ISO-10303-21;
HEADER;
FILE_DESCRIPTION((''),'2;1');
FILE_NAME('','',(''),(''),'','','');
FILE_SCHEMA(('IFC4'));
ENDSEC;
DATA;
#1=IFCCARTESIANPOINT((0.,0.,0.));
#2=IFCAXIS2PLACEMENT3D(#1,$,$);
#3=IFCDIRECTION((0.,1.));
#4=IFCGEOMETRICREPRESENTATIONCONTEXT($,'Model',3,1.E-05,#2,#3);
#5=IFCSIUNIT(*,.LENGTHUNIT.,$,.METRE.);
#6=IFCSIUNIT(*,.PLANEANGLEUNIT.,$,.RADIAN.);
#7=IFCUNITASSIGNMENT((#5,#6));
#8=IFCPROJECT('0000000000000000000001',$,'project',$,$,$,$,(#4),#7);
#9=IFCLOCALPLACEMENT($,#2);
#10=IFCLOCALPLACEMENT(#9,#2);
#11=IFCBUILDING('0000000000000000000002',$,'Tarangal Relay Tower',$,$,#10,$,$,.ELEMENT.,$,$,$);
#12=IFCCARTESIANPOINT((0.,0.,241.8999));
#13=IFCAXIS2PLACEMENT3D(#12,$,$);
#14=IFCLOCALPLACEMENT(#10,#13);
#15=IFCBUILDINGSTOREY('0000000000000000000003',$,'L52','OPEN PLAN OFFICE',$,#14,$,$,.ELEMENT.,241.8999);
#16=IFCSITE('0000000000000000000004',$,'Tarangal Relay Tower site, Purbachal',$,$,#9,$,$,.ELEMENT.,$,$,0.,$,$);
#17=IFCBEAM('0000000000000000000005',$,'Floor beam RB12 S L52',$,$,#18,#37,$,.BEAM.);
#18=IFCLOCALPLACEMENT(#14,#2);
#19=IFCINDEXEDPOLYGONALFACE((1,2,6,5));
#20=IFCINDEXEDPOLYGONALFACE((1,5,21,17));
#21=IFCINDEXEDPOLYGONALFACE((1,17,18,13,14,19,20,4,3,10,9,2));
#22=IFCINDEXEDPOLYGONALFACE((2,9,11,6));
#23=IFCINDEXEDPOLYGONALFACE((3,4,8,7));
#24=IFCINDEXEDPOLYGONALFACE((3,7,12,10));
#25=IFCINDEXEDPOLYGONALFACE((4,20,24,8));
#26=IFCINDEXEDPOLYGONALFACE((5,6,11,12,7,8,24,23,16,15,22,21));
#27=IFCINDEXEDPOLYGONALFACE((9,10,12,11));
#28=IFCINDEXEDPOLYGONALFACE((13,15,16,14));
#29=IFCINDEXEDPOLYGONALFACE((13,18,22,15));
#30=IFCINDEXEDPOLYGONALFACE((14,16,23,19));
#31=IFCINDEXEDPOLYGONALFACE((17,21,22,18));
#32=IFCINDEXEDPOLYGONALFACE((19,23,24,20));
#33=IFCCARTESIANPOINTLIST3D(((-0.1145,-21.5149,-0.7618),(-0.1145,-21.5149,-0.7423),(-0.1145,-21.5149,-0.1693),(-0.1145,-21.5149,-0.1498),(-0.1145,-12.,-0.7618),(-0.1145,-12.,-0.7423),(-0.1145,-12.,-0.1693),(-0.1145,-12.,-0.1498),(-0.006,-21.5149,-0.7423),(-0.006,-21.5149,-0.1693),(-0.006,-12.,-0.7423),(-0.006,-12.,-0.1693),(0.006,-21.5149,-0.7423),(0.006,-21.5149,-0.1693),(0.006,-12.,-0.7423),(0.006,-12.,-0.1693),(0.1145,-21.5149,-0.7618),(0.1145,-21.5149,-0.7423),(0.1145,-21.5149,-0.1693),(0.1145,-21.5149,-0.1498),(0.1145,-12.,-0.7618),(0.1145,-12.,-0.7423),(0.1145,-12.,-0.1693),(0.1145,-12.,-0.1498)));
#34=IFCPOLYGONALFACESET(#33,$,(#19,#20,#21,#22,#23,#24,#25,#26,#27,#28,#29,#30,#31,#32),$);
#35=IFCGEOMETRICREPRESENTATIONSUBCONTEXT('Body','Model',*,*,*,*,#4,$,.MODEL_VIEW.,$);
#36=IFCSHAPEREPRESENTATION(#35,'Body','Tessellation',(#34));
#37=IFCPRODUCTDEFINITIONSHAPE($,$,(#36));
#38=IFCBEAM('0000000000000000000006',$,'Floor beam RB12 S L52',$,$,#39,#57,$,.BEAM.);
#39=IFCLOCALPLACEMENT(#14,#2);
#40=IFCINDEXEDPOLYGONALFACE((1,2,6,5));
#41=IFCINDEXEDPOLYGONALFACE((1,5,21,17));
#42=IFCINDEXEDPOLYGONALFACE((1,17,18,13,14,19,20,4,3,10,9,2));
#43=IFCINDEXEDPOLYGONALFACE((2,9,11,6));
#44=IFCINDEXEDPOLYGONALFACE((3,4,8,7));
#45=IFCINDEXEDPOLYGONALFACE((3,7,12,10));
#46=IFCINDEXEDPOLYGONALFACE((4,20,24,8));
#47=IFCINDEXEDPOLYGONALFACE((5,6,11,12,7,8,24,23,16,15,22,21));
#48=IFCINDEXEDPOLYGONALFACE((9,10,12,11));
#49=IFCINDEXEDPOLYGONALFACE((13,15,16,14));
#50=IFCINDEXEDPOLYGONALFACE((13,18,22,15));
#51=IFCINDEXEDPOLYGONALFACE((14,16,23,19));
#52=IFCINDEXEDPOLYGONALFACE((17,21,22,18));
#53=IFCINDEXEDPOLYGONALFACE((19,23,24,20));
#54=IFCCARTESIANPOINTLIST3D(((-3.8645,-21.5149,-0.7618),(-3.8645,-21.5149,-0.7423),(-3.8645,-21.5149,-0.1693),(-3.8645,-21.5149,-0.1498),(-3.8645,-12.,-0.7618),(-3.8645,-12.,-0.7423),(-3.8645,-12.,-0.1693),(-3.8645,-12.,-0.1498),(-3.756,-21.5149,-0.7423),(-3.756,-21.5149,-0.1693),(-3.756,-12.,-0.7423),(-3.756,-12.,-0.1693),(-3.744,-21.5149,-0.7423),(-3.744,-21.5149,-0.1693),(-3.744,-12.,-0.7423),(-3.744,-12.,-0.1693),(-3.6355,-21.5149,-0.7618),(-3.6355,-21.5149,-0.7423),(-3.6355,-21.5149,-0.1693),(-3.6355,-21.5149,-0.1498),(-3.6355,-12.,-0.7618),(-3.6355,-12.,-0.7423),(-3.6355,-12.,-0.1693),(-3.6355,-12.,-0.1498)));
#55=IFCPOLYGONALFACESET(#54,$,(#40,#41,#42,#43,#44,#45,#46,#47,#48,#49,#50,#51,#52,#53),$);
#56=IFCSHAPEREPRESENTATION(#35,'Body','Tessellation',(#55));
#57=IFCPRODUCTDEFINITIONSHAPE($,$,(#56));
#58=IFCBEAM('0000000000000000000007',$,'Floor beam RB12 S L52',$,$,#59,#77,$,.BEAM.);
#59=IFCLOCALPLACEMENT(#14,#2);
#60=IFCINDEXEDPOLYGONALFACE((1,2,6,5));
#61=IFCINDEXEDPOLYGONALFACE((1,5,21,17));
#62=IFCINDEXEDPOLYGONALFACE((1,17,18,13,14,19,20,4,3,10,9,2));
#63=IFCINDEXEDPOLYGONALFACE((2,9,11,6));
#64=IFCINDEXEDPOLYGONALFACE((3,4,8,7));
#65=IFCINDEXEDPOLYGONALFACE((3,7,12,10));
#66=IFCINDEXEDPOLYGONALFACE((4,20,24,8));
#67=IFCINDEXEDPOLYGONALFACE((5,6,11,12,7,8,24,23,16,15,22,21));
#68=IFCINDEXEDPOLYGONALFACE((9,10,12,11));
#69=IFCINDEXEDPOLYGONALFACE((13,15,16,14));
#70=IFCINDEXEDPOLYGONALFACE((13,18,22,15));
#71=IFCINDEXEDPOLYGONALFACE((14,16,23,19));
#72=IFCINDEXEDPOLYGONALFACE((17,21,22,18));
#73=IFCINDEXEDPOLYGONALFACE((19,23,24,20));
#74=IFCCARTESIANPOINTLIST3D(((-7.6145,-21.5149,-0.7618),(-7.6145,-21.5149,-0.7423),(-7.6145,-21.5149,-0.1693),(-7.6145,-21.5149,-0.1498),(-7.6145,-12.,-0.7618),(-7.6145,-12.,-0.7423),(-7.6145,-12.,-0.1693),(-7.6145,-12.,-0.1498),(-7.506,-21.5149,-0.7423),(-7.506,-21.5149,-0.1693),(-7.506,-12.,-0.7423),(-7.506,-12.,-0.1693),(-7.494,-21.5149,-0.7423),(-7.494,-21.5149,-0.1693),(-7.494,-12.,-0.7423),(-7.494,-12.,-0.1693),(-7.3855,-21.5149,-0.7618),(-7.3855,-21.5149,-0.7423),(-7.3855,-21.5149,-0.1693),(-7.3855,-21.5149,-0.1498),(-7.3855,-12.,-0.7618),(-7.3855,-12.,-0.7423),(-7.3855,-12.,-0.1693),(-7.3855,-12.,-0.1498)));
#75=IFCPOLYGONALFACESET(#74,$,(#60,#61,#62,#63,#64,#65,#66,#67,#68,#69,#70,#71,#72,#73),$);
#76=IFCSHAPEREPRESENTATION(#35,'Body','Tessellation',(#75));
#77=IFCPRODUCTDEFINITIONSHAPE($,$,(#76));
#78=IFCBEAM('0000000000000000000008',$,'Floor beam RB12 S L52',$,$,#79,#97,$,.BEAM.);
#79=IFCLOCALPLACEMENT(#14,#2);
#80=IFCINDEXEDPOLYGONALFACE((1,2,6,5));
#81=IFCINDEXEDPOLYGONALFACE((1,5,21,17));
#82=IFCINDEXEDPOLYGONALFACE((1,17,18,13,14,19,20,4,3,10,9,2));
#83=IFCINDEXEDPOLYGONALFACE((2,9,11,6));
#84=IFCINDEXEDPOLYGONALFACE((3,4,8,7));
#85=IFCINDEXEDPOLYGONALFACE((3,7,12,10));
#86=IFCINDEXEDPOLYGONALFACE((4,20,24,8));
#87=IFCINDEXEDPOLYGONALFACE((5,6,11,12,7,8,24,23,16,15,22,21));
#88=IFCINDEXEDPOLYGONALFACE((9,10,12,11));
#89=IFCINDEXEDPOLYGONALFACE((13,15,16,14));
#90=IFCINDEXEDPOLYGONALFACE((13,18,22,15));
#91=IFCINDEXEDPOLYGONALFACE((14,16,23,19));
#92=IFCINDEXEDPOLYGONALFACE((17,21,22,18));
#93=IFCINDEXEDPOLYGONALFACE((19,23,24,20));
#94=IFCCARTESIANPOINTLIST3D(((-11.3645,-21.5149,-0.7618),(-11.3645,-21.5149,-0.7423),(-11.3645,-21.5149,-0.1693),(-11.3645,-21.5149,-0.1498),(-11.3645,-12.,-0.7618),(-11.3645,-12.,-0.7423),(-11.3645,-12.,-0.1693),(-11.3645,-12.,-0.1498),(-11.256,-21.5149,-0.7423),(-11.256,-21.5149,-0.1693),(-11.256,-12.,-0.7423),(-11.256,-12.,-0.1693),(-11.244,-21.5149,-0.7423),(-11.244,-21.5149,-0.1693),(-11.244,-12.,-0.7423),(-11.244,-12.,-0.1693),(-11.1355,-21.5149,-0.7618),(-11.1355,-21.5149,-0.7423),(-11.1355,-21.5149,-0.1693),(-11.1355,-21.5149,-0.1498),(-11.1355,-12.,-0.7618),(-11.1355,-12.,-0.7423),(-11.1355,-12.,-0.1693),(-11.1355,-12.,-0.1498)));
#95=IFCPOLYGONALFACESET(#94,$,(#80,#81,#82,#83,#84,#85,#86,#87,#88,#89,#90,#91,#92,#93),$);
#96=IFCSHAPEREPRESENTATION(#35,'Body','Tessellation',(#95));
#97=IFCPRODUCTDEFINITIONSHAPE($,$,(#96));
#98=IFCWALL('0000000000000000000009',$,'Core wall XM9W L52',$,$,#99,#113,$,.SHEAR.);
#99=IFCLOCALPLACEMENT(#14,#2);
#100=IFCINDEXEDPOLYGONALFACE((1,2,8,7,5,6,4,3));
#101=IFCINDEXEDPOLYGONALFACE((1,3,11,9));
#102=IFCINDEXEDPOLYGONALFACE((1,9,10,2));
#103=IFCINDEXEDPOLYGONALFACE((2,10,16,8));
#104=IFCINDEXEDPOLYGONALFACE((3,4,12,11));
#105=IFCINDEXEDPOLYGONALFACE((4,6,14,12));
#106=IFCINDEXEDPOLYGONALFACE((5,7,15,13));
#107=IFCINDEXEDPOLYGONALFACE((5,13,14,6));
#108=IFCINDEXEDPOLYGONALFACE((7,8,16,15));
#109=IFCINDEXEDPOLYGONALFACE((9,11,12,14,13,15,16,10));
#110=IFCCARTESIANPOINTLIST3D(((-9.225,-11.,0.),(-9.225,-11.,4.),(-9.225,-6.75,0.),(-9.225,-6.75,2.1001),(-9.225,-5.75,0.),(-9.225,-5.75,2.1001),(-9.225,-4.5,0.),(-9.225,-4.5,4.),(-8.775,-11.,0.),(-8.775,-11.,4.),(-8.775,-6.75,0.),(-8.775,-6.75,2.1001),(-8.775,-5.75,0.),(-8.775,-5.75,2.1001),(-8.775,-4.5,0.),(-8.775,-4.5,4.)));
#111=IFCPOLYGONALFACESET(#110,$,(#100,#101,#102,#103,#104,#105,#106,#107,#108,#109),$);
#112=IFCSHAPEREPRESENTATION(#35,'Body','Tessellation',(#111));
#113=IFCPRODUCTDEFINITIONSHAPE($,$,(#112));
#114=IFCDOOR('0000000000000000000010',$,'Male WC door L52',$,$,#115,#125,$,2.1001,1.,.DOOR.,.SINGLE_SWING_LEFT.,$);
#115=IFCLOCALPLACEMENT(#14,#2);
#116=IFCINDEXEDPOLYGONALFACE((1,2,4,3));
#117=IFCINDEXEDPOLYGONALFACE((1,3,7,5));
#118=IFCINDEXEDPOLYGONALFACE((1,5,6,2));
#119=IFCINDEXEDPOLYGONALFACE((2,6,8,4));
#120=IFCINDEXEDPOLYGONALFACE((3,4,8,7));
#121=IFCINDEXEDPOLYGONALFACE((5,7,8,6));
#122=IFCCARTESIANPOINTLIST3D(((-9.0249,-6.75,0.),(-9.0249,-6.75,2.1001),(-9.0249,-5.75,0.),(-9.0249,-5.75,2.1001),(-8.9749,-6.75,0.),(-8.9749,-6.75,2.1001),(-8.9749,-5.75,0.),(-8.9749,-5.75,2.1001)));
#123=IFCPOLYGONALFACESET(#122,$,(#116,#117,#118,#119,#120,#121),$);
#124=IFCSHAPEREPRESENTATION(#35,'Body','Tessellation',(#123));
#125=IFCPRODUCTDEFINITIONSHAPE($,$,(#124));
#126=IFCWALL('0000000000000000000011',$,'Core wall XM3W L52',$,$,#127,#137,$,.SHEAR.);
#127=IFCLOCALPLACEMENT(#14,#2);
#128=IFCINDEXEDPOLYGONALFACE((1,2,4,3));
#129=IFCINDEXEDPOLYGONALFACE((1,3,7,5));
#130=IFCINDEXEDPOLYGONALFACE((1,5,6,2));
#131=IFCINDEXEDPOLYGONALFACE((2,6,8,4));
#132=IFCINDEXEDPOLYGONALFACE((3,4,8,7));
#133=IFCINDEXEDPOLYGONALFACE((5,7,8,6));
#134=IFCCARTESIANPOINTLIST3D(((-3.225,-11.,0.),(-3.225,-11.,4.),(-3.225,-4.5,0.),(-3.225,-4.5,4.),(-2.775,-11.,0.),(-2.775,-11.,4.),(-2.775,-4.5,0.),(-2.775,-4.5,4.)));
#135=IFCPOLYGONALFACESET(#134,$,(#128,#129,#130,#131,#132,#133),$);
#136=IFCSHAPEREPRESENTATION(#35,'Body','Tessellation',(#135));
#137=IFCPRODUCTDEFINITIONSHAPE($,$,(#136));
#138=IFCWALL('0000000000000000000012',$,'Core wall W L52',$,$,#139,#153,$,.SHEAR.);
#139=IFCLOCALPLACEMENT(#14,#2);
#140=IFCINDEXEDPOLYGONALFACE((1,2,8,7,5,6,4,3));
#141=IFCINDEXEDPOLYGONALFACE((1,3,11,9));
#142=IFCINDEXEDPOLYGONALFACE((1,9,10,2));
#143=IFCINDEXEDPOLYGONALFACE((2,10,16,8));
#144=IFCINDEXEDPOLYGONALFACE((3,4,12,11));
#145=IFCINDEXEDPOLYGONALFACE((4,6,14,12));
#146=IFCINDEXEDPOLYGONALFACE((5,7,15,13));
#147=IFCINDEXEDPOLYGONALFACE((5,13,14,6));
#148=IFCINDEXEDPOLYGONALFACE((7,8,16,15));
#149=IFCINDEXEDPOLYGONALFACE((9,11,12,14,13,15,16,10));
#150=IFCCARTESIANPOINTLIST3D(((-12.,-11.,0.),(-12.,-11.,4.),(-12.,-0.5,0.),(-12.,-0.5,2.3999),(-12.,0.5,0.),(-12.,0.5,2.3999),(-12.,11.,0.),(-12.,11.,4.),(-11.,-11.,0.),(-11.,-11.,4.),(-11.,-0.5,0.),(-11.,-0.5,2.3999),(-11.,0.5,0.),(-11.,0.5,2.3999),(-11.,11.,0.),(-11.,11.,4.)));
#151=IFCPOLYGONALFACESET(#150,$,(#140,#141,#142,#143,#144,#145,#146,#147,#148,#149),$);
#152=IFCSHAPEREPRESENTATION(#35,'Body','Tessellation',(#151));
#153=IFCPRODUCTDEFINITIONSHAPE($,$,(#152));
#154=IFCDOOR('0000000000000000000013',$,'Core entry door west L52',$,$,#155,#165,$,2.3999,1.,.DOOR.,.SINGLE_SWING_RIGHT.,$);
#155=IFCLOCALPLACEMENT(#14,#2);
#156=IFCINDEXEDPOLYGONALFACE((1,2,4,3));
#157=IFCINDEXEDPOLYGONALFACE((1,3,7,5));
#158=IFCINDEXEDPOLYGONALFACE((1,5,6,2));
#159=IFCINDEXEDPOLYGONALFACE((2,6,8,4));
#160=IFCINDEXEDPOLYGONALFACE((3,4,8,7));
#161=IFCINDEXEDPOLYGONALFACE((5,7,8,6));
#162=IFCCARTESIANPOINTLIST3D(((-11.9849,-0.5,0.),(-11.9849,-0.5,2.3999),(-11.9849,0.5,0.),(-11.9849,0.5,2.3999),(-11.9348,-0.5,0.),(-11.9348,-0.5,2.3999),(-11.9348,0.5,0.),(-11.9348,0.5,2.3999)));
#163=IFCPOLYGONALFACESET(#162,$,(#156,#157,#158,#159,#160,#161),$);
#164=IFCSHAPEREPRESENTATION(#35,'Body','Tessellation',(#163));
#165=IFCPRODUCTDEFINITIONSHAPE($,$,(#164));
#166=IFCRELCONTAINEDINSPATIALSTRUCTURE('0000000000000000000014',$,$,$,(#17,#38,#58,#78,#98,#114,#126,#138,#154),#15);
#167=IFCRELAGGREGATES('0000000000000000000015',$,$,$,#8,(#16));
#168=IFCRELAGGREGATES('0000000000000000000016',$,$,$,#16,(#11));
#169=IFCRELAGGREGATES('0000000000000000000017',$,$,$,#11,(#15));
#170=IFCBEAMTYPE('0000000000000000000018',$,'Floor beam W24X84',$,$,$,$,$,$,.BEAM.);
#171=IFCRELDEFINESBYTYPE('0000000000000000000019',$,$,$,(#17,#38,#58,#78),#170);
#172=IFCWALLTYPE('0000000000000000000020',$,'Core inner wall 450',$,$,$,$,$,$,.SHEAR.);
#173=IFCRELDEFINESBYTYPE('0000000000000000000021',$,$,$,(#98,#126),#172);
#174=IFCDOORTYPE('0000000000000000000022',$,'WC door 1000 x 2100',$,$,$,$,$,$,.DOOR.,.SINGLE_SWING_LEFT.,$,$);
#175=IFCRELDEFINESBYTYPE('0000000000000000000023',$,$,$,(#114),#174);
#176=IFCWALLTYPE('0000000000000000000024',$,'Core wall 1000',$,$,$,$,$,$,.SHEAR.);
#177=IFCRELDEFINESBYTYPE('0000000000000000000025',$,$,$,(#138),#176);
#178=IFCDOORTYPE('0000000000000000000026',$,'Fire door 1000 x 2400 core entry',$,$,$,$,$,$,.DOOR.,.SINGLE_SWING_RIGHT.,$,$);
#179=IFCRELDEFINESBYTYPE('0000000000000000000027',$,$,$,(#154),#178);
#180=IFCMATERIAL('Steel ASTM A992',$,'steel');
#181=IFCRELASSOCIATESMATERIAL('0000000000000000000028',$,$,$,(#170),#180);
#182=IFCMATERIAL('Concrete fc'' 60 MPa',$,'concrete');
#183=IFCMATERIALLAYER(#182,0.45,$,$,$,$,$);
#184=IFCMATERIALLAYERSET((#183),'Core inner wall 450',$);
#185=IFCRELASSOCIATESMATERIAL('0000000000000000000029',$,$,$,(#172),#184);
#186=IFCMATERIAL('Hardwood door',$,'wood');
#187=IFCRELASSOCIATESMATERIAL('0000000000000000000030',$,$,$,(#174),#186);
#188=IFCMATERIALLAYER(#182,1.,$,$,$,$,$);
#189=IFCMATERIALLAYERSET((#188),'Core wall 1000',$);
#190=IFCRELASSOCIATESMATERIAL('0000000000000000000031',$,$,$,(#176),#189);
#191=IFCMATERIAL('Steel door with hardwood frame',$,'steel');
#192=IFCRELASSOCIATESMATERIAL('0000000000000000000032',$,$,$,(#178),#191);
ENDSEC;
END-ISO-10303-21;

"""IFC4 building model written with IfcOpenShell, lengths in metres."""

from ifc_helpers import new_model, si_unit, direction, frame, frame_2d, origin, origin_2d, place, context, subcontext, project, spatial, rectangle, i_section, extrude, material, layer, layer_set, material_profile, profile_set, type_object, element, fill, save


model = new_model("IFC4")

# Units and contexts
model_context = context("Model", 3, precision=1e-05, world=origin(), true_north=direction((0.0, 1.0)))
body_context = subcontext(model_context, "Body", "Model", "MODEL_VIEW")
ifc_project = project(units=[si_unit("LENGTHUNIT", "METRE"), si_unit("PLANEANGLEUNIT", "RADIAN")], contexts=[model_context])

# Site, building, storey
site_placement = place(None, origin())
site = spatial("IfcSite", under=ifc_project, at=site_placement, Name="Tarangal Relay Tower site, Purbachal", CompositionType="ELEMENT", RefElevation=0.0)
building_placement = place(site_placement, origin())
building = spatial("IfcBuilding", under=site, at=building_placement, Name="Tarangal Relay Tower", CompositionType="ELEMENT")
storey_placement = place(building_placement, frame((0.0, 0.0, 241.8999)))
storey = spatial("IfcBuildingStorey", under=building, at=storey_placement, Name="L52", Description="OPEN PLAN OFFICE", CompositionType="ELEMENT", Elevation=241.8999)

# Beams
ifc_material_1 = material(Name="Steel ASTM A992", Category="steel")
ifc_material_profile = material_profile(ifc_material_1, i_section(OverallWidth=0.229, OverallDepth=0.6121, WebThickness=0.012, FlangeThickness=0.0195, at=origin_2d()), Name="W24X84")
ifc_profile_set = profile_set([ifc_material_profile], Name="Steel ASTM A992")
beam_type = type_object("IfcBeamType", Name="Floor beam W24X84", PredefinedType="BEAM", material=ifc_profile_set)
for number, where, z_axis, x_axis, name in (
    (1, (0.0, -12.0, -0.4558), (0.0, -1.0, 0.0), (1.0, 0.0, 0.0), "Floor beam RB12 S L52"),
    (2, (-3.75, -12.0, -0.4558), (0.0, -1.0, 0.0), (1.0, 0.0, 0.0), "Floor beam RB12 S L52"),
    (3, (-7.5, -12.0, -0.4558), (0.0, -1.0, 0.0), (1.0, 0.0, 0.0), "Floor beam RB12 S L52"),
    (4, (-11.25, -12.0, -0.4558), (0.0, -1.0, 0.0), (1.0, 0.0, 0.0), "Floor beam RB12 S L52"),
):
    element("IfcBeam", number, at=place(storey_placement, frame(where, z_axis=z_axis, x_axis=x_axis)), inside=storey, type_object=beam_type, Name=name, PredefinedType="BEAM", context=body_context, shape_type="SweptSolid", body=[
        extrude(i_section(OverallWidth=0.229, OverallDepth=0.6121, WebThickness=0.012, FlangeThickness=0.0195, at=origin_2d()), origin(), (0.0, 0.0, 1.0), 9.5149),
    ])

# Wall, opening, door
ifc_material_2 = material(Name="Concrete fc' 60 MPa", Category="concrete")
ifc_layer_1 = layer(ifc_material_2, 0.45)
ifc_layer_set_1 = layer_set([ifc_layer_1], Name="Core inner wall 450")
wall_type_1 = type_object("IfcWallType", Name="Core inner wall 450", PredefinedType="SHEAR", material=ifc_layer_set_1)
wall_1_placement = place(storey_placement, frame((-9.0, -11.0, 0.0), z_axis=(0.0, 0.0, 1.0), x_axis=(0.0, 1.0, 0.0)))
wall_1 = element("IfcWall", 5, at=wall_1_placement, inside=storey, type_object=wall_type_1, Name="Core wall XM9W L52", PredefinedType="SHEAR", context=body_context, shape_type="SweptSolid", body=[
    extrude(rectangle(XDim=6.5, YDim=0.45, at=frame_2d((3.25, 0.0))), origin(), (0.0, 0.0, 1.0), 4.0),
])
opening_1_placement = place(wall_1_placement, frame((4.25, 0.0, 0.0)))
opening_1 = element("IfcOpeningElement", 6, at=opening_1_placement, cuts=wall_1, PredefinedType="OPENING", context=body_context, shape_type="SweptSolid", body=[
    extrude(rectangle(XDim=1.0, YDim=2.1001, at=frame_2d((0.5, 1.05))), frame((0.0, 0.2349, 0.0), z_axis=(0.0, -1.0, 0.0), x_axis=(1.0, 0.0, 0.0)), (0.0, 0.0, 1.0), 0.47),
])
ifc_material_3 = material(Name="Hardwood door", Category="wood")
door_type_1 = type_object("IfcDoorType", Name="WC door 1000 x 2100", OperationType="SINGLE_SWING_LEFT", PredefinedType="DOOR", material=ifc_material_3)
door_1_placement = place(opening_1_placement, origin())
door_1 = element("IfcDoor", 7, at=door_1_placement, inside=storey, type_object=door_type_1, Name="Male WC door L52", OperationType="SINGLE_SWING_LEFT", OverallHeight=2.1001, OverallWidth=1.0, PredefinedType="DOOR", context=body_context, shape_type="SweptSolid", body=[
    extrude(rectangle(XDim=1.0, YDim=2.1001, at=frame_2d((0.5, 1.05))), frame((0.0, 0.0249, 0.0), z_axis=(0.0, -1.0, 0.0), x_axis=(1.0, 0.0, 0.0)), (0.0, 0.0, 1.0), 0.05),
])
fill(opening_1, door_1)

# Wall
wall_2_placement = place(storey_placement, frame((-3.0, -11.0, 0.0), z_axis=(0.0, 0.0, 1.0), x_axis=(0.0, 1.0, 0.0)))
element("IfcWall", 8, at=wall_2_placement, inside=storey, type_object=wall_type_1, Name="Core wall XM3W L52", PredefinedType="SHEAR", context=body_context, shape_type="SweptSolid", body=[
    extrude(rectangle(XDim=6.5, YDim=0.45, at=frame_2d((3.25, 0.0))), origin(), (0.0, 0.0, 1.0), 4.0),
])

# Wall, opening, door
ifc_layer_2 = layer(ifc_material_2, 1.0)
ifc_layer_set_2 = layer_set([ifc_layer_2], Name="Core wall 1000")
wall_type_2 = type_object("IfcWallType", Name="Core wall 1000", PredefinedType="SHEAR", material=ifc_layer_set_2)
wall_3_placement = place(storey_placement, frame((-11.5, -11.0, 0.0), z_axis=(0.0, 0.0, 1.0), x_axis=(0.0, 1.0, 0.0)))
wall_3 = element("IfcWall", 9, at=wall_3_placement, inside=storey, type_object=wall_type_2, Name="Core wall W L52", PredefinedType="SHEAR", context=body_context, shape_type="SweptSolid", body=[
    extrude(rectangle(XDim=22.0, YDim=1.0, at=frame_2d((11.0, 0.0))), origin(), (0.0, 0.0, 1.0), 4.0),
])
opening_2_placement = place(wall_3_placement, frame((10.5, 0.0, 0.0)))
opening_2 = element("IfcOpeningElement", 10, at=opening_2_placement, cuts=wall_3, PredefinedType="OPENING", context=body_context, shape_type="SweptSolid", body=[
    extrude(rectangle(XDim=1.0, YDim=2.3999, at=frame_2d((0.5, 1.2))), frame((0.0, 0.51, 0.0), z_axis=(0.0, -1.0, 0.0), x_axis=(1.0, 0.0, 0.0)), (0.0, 0.0, 1.0), 1.02),
])
ifc_material_4 = material(Name="Steel door with hardwood frame", Category="steel")
door_type_2 = type_object("IfcDoorType", Name="Fire door 1000 x 2400 core entry", OperationType="SINGLE_SWING_RIGHT", PredefinedType="DOOR", material=ifc_material_4)
door_2_placement = place(opening_2_placement, origin())
door_2 = element("IfcDoor", 11, at=door_2_placement, inside=storey, type_object=door_type_2, Name="Core entry door west L52", OperationType="SINGLE_SWING_RIGHT", OverallHeight=2.3999, OverallWidth=1.0, PredefinedType="DOOR", context=body_context, shape_type="SweptSolid", body=[
    extrude(rectangle(XDim=1.0, YDim=2.3999, at=frame_2d((0.5, 1.2))), frame((0.0, 0.4849, 0.0), z_axis=(0.0, -1.0, 0.0), x_axis=(1.0, 0.0, 0.0)), (0.0, 0.0, 1.0), 0.05),
])
fill(opening_2, door_2)

save(model, "model.ifc")
